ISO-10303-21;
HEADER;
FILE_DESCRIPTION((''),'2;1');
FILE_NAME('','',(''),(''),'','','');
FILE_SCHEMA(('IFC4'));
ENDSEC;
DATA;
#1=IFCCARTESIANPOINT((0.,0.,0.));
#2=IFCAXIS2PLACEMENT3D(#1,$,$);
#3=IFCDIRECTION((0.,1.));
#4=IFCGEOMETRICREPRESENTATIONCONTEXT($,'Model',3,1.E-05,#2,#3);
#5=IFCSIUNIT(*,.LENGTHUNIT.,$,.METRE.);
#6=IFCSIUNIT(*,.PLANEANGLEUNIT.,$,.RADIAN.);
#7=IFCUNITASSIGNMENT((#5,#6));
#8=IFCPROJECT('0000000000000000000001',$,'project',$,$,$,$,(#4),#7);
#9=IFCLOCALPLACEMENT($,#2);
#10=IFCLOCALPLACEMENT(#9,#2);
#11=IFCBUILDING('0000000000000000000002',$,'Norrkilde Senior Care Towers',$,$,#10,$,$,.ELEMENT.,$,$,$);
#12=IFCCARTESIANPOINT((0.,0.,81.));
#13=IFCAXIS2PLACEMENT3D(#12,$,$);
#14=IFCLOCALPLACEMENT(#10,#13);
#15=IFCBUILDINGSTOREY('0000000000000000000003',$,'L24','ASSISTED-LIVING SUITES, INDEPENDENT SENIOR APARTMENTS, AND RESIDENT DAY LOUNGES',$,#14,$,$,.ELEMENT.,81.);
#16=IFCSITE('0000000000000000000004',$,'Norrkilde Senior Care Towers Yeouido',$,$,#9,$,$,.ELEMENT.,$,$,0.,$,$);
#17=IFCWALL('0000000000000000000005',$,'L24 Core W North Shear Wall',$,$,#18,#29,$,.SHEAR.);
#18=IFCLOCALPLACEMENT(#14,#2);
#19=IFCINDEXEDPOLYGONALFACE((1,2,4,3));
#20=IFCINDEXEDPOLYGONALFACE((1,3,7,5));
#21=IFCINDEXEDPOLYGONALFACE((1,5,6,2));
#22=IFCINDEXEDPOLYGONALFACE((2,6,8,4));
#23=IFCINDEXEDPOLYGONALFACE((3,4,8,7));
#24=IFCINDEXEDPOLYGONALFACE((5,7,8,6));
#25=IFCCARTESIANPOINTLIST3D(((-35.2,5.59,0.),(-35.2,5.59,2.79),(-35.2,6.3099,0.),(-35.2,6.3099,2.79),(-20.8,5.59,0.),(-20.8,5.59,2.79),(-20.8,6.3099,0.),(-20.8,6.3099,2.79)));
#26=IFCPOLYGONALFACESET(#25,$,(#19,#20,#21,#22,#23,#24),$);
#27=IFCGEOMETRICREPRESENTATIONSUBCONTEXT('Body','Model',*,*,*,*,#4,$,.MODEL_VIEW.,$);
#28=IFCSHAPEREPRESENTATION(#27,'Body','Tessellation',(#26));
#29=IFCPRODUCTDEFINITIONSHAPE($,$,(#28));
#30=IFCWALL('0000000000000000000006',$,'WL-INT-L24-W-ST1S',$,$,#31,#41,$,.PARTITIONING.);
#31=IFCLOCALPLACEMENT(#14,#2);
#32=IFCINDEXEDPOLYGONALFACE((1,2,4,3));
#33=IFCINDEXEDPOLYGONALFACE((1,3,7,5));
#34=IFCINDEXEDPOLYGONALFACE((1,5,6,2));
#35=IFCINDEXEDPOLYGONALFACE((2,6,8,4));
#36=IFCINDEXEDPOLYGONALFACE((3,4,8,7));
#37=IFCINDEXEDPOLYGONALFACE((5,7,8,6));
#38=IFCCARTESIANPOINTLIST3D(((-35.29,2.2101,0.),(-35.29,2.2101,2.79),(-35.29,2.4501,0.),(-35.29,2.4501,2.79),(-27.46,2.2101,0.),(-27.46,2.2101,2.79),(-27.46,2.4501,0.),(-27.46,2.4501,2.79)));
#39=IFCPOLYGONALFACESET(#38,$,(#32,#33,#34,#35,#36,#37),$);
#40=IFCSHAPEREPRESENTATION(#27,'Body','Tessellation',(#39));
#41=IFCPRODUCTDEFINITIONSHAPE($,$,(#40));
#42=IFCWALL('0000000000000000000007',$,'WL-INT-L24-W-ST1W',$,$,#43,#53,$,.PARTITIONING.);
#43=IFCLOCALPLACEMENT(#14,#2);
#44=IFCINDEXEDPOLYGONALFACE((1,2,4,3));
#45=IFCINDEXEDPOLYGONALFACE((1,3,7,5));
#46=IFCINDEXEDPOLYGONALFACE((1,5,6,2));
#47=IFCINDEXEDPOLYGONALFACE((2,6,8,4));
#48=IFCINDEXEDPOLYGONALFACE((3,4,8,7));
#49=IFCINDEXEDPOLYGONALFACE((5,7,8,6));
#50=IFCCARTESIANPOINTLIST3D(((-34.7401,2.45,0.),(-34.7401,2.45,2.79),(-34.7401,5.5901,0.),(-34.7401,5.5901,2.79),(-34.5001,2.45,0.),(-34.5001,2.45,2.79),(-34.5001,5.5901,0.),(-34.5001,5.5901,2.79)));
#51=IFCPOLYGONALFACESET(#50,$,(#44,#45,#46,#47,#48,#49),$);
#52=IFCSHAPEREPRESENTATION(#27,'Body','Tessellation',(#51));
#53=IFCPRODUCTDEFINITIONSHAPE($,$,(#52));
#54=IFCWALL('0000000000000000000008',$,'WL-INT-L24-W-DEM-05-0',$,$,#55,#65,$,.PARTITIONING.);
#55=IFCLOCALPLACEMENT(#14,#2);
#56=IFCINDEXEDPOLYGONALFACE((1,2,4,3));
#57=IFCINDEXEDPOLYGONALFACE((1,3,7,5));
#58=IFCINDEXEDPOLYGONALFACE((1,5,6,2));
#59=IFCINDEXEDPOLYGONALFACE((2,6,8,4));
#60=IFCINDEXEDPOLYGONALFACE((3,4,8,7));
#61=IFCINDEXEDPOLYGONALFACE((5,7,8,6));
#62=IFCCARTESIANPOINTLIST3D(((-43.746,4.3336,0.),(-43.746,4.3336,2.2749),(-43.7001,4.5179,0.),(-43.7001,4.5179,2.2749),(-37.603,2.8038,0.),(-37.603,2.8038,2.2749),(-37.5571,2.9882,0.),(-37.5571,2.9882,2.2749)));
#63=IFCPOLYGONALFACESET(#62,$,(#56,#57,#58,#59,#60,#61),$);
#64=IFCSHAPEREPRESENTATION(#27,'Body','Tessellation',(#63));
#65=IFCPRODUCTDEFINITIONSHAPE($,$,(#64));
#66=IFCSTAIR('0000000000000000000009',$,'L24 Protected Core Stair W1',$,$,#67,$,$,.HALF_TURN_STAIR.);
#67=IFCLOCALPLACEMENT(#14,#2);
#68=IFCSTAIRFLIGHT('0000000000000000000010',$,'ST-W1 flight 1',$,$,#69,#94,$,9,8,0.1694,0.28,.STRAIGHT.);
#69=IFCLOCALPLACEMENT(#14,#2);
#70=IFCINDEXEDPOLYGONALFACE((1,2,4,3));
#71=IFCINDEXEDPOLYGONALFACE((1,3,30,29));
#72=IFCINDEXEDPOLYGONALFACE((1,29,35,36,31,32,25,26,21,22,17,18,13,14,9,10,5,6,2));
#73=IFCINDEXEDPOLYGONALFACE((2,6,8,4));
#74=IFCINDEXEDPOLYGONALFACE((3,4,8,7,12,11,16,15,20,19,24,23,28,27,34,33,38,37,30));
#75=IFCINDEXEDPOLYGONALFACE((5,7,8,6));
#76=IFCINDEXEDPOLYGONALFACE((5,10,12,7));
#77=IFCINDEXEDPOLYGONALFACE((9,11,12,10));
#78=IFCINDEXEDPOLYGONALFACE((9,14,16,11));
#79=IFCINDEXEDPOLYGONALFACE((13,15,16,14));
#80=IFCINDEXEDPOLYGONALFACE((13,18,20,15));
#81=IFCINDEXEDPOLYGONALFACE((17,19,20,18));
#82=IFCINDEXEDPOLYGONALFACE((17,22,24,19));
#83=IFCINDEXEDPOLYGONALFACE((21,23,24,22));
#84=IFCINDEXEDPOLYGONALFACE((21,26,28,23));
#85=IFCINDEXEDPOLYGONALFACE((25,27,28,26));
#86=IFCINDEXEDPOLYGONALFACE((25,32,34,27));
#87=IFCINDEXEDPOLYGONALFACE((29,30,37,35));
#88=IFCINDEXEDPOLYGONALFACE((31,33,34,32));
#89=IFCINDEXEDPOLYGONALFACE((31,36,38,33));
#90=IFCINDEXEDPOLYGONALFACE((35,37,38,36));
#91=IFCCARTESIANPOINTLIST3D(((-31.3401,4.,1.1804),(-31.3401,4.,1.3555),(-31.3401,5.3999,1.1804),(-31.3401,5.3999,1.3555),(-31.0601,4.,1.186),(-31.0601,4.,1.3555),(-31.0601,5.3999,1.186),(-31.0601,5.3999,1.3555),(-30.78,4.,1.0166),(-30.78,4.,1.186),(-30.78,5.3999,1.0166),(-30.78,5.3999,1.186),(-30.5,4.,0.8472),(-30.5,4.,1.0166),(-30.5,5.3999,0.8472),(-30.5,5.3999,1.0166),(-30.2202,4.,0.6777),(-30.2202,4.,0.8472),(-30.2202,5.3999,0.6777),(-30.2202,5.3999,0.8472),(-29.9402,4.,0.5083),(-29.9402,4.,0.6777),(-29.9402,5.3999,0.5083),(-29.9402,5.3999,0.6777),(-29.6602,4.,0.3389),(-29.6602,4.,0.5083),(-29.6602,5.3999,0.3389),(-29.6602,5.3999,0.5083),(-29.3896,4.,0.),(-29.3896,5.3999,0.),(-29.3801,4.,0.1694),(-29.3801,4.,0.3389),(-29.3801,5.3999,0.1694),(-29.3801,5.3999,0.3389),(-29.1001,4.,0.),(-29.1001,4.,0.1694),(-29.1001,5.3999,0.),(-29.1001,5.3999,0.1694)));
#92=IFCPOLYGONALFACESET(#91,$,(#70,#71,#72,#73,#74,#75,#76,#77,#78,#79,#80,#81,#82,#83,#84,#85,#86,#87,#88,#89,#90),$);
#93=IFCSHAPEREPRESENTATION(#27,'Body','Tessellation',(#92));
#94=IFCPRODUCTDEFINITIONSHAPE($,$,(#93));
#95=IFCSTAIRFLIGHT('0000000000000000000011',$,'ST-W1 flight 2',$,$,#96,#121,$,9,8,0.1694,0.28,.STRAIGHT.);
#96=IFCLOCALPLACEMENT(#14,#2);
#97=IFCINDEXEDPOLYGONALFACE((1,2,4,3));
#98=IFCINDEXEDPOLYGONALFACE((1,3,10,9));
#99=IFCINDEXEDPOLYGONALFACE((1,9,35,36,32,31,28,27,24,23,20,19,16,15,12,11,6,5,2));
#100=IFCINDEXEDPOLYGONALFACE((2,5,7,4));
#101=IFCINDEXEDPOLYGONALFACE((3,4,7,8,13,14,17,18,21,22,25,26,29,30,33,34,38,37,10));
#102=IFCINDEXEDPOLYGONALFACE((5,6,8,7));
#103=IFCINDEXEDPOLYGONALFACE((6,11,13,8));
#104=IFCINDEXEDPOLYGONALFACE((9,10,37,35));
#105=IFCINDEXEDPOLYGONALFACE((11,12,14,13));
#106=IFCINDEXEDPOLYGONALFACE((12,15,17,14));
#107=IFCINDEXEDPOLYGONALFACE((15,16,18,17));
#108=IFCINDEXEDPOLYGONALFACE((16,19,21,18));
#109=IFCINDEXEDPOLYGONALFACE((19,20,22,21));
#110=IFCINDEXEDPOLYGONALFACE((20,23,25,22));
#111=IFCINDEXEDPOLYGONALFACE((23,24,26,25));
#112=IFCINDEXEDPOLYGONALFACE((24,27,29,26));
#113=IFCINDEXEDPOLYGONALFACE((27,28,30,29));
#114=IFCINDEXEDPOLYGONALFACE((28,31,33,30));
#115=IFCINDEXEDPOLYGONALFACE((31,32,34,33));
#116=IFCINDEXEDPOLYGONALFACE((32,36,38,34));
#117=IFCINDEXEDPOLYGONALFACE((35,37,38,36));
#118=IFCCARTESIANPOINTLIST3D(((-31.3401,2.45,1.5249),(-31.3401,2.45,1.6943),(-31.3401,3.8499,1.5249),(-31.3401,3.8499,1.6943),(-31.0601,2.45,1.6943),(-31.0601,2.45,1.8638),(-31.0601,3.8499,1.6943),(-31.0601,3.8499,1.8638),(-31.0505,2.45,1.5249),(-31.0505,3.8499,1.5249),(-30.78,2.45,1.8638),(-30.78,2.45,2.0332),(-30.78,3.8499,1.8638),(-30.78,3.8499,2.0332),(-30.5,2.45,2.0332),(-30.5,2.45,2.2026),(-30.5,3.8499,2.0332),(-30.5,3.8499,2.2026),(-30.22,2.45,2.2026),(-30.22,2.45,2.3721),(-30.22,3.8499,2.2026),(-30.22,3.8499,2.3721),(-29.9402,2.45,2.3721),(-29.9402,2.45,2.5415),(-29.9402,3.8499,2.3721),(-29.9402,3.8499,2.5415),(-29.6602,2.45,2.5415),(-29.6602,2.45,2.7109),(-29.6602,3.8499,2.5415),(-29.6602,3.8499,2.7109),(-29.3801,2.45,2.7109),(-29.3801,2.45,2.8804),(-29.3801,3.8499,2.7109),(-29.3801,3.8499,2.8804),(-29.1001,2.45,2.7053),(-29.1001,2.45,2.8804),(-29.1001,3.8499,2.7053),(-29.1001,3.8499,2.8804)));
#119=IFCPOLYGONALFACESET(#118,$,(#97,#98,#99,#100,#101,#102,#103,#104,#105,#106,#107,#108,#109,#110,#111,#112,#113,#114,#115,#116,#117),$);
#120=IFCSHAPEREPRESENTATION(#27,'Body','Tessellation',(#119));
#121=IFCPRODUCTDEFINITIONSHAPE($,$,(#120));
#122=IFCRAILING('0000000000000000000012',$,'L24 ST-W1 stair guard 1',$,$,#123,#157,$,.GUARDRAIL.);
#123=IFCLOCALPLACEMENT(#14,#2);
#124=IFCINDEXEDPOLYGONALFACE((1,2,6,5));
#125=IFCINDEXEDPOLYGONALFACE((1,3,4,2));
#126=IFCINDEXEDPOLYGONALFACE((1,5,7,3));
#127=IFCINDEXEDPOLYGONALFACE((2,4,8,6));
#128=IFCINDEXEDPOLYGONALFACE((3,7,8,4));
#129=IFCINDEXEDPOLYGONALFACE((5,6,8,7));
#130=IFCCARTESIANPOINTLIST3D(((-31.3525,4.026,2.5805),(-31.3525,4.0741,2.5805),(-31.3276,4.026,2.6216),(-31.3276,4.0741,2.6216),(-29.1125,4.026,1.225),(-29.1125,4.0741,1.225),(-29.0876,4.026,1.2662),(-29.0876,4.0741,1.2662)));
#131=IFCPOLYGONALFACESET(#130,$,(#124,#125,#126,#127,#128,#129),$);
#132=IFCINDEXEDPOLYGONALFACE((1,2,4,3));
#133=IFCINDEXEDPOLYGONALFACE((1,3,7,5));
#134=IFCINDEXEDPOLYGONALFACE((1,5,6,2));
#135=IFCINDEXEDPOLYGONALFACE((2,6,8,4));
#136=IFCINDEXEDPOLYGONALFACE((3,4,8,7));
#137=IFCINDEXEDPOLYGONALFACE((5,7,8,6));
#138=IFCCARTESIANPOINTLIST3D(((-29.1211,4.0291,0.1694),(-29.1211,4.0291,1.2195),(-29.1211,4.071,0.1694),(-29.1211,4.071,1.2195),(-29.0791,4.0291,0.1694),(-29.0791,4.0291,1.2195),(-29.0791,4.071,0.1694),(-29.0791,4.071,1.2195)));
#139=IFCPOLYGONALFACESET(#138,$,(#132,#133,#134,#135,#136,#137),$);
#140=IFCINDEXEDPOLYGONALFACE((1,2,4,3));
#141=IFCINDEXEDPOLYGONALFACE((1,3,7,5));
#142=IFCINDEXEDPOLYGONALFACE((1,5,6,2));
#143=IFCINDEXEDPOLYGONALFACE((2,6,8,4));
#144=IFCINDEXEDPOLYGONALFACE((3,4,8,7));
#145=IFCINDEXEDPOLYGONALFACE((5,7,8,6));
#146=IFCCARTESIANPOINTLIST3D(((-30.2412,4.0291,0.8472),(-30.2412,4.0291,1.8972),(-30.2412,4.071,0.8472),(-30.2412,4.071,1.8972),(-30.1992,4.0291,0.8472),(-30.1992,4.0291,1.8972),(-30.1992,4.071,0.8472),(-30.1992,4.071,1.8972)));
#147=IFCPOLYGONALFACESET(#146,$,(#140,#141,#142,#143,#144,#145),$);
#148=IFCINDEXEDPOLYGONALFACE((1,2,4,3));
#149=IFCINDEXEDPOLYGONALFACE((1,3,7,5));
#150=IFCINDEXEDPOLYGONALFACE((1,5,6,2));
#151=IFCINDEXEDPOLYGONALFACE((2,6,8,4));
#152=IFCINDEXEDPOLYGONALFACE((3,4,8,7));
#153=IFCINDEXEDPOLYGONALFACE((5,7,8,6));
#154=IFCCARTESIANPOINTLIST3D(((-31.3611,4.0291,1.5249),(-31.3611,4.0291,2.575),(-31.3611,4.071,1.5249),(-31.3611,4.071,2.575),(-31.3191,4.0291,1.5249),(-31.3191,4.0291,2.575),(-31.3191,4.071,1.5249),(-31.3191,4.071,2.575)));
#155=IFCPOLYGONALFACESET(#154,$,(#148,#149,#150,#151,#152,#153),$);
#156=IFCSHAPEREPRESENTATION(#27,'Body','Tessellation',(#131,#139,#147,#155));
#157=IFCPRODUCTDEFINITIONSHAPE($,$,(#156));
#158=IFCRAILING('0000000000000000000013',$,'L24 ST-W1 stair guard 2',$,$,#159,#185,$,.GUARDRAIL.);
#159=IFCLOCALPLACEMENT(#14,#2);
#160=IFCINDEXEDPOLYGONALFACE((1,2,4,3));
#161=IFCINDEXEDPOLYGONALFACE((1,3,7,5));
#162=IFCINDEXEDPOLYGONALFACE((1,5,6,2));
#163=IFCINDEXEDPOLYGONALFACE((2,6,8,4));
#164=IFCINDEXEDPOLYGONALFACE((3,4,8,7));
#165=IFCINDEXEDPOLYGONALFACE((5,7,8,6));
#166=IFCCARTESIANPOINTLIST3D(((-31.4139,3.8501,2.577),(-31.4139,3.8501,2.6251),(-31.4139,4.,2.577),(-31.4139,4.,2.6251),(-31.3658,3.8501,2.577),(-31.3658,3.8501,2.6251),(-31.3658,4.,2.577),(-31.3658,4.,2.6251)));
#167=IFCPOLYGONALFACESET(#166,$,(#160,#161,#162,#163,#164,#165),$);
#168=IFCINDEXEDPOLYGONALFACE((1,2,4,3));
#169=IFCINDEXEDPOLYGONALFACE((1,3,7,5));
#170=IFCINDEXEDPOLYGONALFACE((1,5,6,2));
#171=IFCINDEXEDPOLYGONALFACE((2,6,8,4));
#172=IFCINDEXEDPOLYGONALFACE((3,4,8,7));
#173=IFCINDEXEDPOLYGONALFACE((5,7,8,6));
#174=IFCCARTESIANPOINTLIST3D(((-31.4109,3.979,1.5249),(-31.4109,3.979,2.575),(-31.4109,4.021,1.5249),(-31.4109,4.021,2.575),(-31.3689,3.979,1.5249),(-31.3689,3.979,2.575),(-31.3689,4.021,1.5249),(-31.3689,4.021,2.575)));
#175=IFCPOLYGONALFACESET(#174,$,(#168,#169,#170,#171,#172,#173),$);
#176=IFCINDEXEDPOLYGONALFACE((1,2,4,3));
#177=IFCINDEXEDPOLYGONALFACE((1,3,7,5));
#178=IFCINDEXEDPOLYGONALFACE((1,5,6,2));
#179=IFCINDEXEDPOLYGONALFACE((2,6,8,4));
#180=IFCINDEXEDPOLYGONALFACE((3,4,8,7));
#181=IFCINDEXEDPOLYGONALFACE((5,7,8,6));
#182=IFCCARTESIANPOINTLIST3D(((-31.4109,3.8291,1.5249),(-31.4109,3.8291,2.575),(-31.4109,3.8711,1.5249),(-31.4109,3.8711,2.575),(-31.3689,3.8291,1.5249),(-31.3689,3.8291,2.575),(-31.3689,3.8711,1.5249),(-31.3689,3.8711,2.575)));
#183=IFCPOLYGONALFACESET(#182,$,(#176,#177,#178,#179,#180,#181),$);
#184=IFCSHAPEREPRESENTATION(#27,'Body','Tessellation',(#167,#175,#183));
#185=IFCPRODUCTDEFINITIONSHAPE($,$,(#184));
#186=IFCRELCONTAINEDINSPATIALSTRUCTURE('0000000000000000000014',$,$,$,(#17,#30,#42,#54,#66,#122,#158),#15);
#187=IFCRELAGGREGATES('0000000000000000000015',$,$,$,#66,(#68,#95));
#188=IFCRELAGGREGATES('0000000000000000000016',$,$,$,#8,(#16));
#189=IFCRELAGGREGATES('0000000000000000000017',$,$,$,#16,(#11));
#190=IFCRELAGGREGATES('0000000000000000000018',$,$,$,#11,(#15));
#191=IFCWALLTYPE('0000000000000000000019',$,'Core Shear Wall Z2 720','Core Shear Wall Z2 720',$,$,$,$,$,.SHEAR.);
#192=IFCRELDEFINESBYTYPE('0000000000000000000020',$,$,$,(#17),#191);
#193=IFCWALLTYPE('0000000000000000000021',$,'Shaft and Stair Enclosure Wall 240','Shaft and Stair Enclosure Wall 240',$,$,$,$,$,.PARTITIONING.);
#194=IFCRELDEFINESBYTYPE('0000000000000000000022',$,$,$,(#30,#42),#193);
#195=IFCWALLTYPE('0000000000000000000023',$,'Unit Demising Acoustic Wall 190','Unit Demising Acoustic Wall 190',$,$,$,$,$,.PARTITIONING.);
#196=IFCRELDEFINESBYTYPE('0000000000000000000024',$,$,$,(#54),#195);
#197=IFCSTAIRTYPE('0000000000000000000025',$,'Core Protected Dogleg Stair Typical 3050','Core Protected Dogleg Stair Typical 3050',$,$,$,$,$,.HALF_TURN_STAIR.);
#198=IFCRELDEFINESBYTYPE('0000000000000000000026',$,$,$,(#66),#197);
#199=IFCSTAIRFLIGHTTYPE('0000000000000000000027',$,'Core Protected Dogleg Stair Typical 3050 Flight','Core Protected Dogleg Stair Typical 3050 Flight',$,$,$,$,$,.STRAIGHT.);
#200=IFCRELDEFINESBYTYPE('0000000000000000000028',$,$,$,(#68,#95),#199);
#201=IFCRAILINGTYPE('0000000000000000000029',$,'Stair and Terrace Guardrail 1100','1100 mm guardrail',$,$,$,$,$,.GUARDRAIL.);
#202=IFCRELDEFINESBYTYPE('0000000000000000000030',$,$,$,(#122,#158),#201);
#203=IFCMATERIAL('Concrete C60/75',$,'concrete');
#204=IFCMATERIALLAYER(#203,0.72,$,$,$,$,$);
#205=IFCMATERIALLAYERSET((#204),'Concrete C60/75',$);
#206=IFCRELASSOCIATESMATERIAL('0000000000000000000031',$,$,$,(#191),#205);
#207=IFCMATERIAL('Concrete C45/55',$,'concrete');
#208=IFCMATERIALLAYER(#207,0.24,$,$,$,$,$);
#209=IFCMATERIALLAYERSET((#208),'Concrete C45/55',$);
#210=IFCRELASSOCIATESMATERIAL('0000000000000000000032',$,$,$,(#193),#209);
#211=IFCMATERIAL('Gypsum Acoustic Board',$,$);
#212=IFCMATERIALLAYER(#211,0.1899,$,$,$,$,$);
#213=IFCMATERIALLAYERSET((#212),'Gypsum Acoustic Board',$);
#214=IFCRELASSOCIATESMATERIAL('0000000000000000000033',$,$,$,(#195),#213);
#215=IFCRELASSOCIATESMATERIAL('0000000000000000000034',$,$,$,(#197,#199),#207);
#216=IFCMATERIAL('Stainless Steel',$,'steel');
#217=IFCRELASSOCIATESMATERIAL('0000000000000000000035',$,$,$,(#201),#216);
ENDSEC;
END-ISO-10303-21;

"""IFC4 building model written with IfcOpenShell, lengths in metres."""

from ifc_helpers import new_model, si_unit, direction, frame, frame_2d, origin, origin_2d, place, context, subcontext, project, spatial, polyline, rectangle, outline, extrude, source, transform, mapped, material, layer, layer_set, type_object, type_shapes, element, aggregate, save


model = new_model("IFC4")

# Units and contexts
model_context = context("Model", 3, precision=1e-05, world=origin(), true_north=direction((0.0, 1.0)))
body_context = subcontext(model_context, "Body", "Model", "MODEL_VIEW")
ifc_project = project(units=[si_unit("LENGTHUNIT", "METRE"), si_unit("PLANEANGLEUNIT", "RADIAN")], contexts=[model_context])

# Site, building, storey
site_placement = place(None, origin())
site = spatial("IfcSite", under=ifc_project, at=site_placement, Name="Norrkilde Senior Care Towers Yeouido", CompositionType="ELEMENT", RefElevation=0.0)
building_placement = place(site_placement, origin())
building = spatial("IfcBuilding", under=site, at=building_placement, Name="Norrkilde Senior Care Towers", CompositionType="ELEMENT")
storey_placement = place(building_placement, frame((0.0, 0.0, 81.0)))
storey = spatial("IfcBuildingStorey", under=building, at=storey_placement, Name="L24", Description="ASSISTED-LIVING SUITES, INDEPENDENT SENIOR APARTMENTS, AND RESIDENT DAY LOUNGES", CompositionType="ELEMENT", Elevation=81.0)

# Shared definitions
ifc_material_1 = material(Name="Concrete C60/75", Category="concrete")

# Walls
ifc_layer_1 = layer(ifc_material_1, 0.72)
ifc_layer_set_1 = layer_set([ifc_layer_1], Name="Concrete C60/75")
wall_type_1 = type_object("IfcWallType", Name="Core Shear Wall Z2 720", Description="Core Shear Wall Z2 720", PredefinedType="SHEAR", material=ifc_layer_set_1)
shared_shape_1 = source(origin(), body_context, "Body", "SweptSolid", [
    extrude(rectangle(XDim=14.3999, YDim=0.72, at=frame_2d((7.2, 0.0))), origin(), (0.0, 0.0, 1.0), 2.79),
])
type_shapes(wall_type_1, [shared_shape_1])
wall_1_placement = place(storey_placement, frame((-35.2, 5.95, 0.0), z_axis=(0.0, 0.0, 1.0), x_axis=(1.0, 0.0, 0.0)))
element("IfcWall", 1, at=wall_1_placement, inside=storey, type_object=wall_type_1, Name="L24 Core W North Shear Wall", PredefinedType="SHEAR", context=body_context, shape_type="MappedRepresentation", body=[
    mapped(shared_shape_1, transform((0.0, 0.0, 0.0), x_axis=(1.0, 0.0, 0.0), y_axis=(0.0, 1.0, 0.0), z_axis=(0.0, 0.0, 1.0), scale=1.0)),
])
ifc_material_2 = material(Name="Concrete C45/55", Category="concrete")
ifc_layer_2 = layer(ifc_material_2, 0.24)
ifc_layer_set_2 = layer_set([ifc_layer_2], Name="Concrete C45/55")
wall_type_2 = type_object("IfcWallType", Name="Shaft and Stair Enclosure Wall 240", Description="Shaft and Stair Enclosure Wall 240", PredefinedType="PARTITIONING", material=ifc_layer_set_2)
shared_shape_2 = source(origin(), body_context, "Body", "SweptSolid", [
    extrude(rectangle(XDim=7.8301, YDim=0.24, at=frame_2d((3.915, 0.0))), origin(), (0.0, 0.0, 1.0), 2.79),
])
wall_2_placement = place(storey_placement, frame((-35.29, 2.3301, 0.0), z_axis=(0.0, 0.0, 1.0), x_axis=(1.0, 0.0, 0.0)))
element("IfcWall", 2, at=wall_2_placement, inside=storey, type_object=wall_type_2, Name="WL-INT-L24-W-ST1S", PredefinedType="PARTITIONING", context=body_context, shape_type="MappedRepresentation", body=[
    mapped(shared_shape_2, transform((0.0, 0.0, 0.0), x_axis=(1.0, 0.0, 0.0), y_axis=(0.0, 1.0, 0.0), z_axis=(0.0, 0.0, 1.0), scale=1.0)),
])
shared_shape_3 = source(origin(), body_context, "Body", "SweptSolid", [
    extrude(rectangle(XDim=3.1401, YDim=0.24, at=frame_2d((1.5701, 0.0))), origin(), (0.0, 0.0, 1.0), 2.79),
])
type_shapes(wall_type_2, [shared_shape_2, shared_shape_3])
wall_3_placement = place(storey_placement, frame((-34.6201, 2.45, 0.0), z_axis=(0.0, 0.0, 1.0), x_axis=(0.0, 1.0, 0.0)))
element("IfcWall", 3, at=wall_3_placement, inside=storey, type_object=wall_type_2, Name="WL-INT-L24-W-ST1W", PredefinedType="PARTITIONING", context=body_context, shape_type="MappedRepresentation", body=[
    mapped(shared_shape_3, transform((0.0, 0.0, 0.0), x_axis=(1.0, 0.0, 0.0), y_axis=(0.0, 1.0, 0.0), z_axis=(0.0, 0.0, 1.0), scale=1.0)),
])
ifc_material_3 = material(Name="Gypsum Acoustic Board")
ifc_layer_3 = layer(ifc_material_3, 0.1899)
ifc_layer_set_3 = layer_set([ifc_layer_3], Name="Gypsum Acoustic Board")
wall_type_3 = type_object("IfcWallType", Name="Unit Demising Acoustic Wall 190", Description="Unit Demising Acoustic Wall 190", PredefinedType="PARTITIONING", material=ifc_layer_set_3)
shared_shape_4 = source(origin(), body_context, "Body", "SweptSolid", [
    extrude(rectangle(XDim=6.3306, YDim=0.1899, at=frame_2d((3.1653, 0.0))), origin(), (0.0, 0.0, 1.0), 2.2749),
])
type_shapes(wall_type_3, [shared_shape_4])
wall_4_placement = place(storey_placement, frame((-37.5801, 2.896, 0.0), z_axis=(0.0, 0.0, 1.0), x_axis=(-0.970364, 0.241646, 0.0)))
element("IfcWall", 4, at=wall_4_placement, inside=storey, type_object=wall_type_3, Name="WL-INT-L24-W-DEM-05-0", PredefinedType="PARTITIONING", context=body_context, shape_type="MappedRepresentation", body=[
    mapped(shared_shape_4, transform((0.0, 0.0, 0.0), x_axis=(1.0, 0.0, 0.0), y_axis=(0.0, 1.0, 0.0), z_axis=(0.0, 0.0, 1.0), scale=1.0)),
])

# Stair, stair flights
stair_type = type_object("IfcStairType", Name="Core Protected Dogleg Stair Typical 3050", Description="Core Protected Dogleg Stair Typical 3050", PredefinedType="HALF_TURN_STAIR", material=ifc_material_2)
stair_placement = place(storey_placement, origin())
stair = element("IfcStair", 5, at=stair_placement, inside=storey, type_object=stair_type, Name="L24 Protected Core Stair W1", PredefinedType="HALF_TURN_STAIR")
stair_flight_type = type_object("IfcStairFlightType", Name="Core Protected Dogleg Stair Typical 3050 Flight", Description="Core Protected Dogleg Stair Typical 3050 Flight", PredefinedType="STRAIGHT", material=ifc_material_2)
stair_flight_1_placement = place(storey_placement, frame((-29.1001, 4.7, 0.0), z_axis=(0.0, 0.0, 1.0), x_axis=(-1.0, 0.0, 0.0)))
stair_flight_1 = element("IfcStairFlight", 6, at=stair_flight_1_placement, type_object=stair_flight_type, Name="ST-W1 flight 1", NumberOfRisers=9, NumberOfTreads=8, PredefinedType="STRAIGHT", RiserHeight=0.1694, TreadLength=0.28, context=body_context, shape_type="SweptSolid", body=[
    extrude(outline(polyline([(0.0, 0.0), (0.0, 0.1694), (0.28, 0.1694), (0.28, 0.3389), (0.5601, 0.3389), (0.5601, 0.5083), (0.8401, 0.5083), (0.8401, 0.6777), (1.1201, 0.6777), (1.1201, 0.8472), (1.3999, 0.8472), (1.3999, 1.0166), (1.6799, 1.0166), (1.6799, 1.186), (1.96, 1.186), (1.96, 1.3555), (2.24, 1.3555), (2.24, 1.5249), (2.24, 1.1804), (0.2896, 0.0), (0.0, 0.0)])), frame((0.0, 0.7, 0.0), z_axis=(0.0, -1.0, 0.0), x_axis=(1.0, 0.0, 0.0)), (0.0, 0.0, 1.0), 1.3999),
])
stair_flight_2_placement = place(storey_placement, frame((-31.3401, 3.1499, 1.5249), z_axis=(0.0, 0.0, 1.0), x_axis=(1.0, 0.0, 0.0)))
stair_flight_2 = element("IfcStairFlight", 7, at=stair_flight_2_placement, type_object=stair_flight_type, Name="ST-W1 flight 2", NumberOfRisers=9, NumberOfTreads=8, PredefinedType="STRAIGHT", RiserHeight=0.1694, TreadLength=0.28, context=body_context, shape_type="SweptSolid", body=[
    extrude(outline(polyline([(0.0, 0.0), (0.0, 0.1694), (0.28, 0.1694), (0.28, 0.3389), (0.5601, 0.3389), (0.5601, 0.5083), (0.8401, 0.5083), (0.8401, 0.6777), (1.1201, 0.6777), (1.1201, 0.8472), (1.3999, 0.8472), (1.3999, 1.0166), (1.6799, 1.0166), (1.6799, 1.186), (1.96, 1.186), (1.96, 1.3555), (2.24, 1.3555), (2.24, 1.5249), (2.24, 1.1804), (0.2896, 0.0), (0.0, 0.0)])), frame((0.0, 0.7, 0.0), z_axis=(0.0, -1.0, 0.0), x_axis=(1.0, 0.0, 0.0)), (0.0, 0.0, 1.0), 1.3999),
])
aggregate(stair, [stair_flight_1, stair_flight_2])

# Railings
ifc_material_4 = material(Name="Stainless Steel", Category="steel")
railing_type_1 = type_object("IfcRailingType", Name="Stair and Terrace Guardrail 1100", Description="1100 mm guardrail", PredefinedType="GUARDRAIL", material=ifc_material_4)
railing_1_placement = place(storey_placement, frame((-29.1001, 4.05, 0.1694)))
element("IfcRailing", 8, at=railing_1_placement, inside=storey, type_object=railing_type_1, Name="L24 ST-W1 stair guard 1", PredefinedType="GUARDRAIL", context=body_context, shape_type="SweptSolid", body=[
    extrude(rectangle(XDim=0.0481, YDim=0.0481, at=origin_2d()), frame((0.0, 0.0, 1.0762), z_axis=(-0.855553, 0.0, 0.517715), x_axis=(0.0, -1.0, 0.0)), (0.0, 0.0, 1.0), 2.6182),
    extrude(rectangle(XDim=0.042, YDim=0.042, at=origin_2d()), origin(), (0.0, 0.0, 1.0), 1.05),
    extrude(rectangle(XDim=0.042, YDim=0.042, at=origin_2d()), frame((-1.1201, 0.0, 0.6777)), (0.0, 0.0, 1.0), 1.05),
    extrude(rectangle(XDim=0.042, YDim=0.042, at=origin_2d()), frame((-2.24, 0.0, 1.3555)), (0.0, 0.0, 1.0), 1.05),
])
railing_2_placement = place(storey_placement, frame((-31.3899, 4.0, 1.5249)))
element("IfcRailing", 9, at=railing_2_placement, inside=storey, type_object=railing_type_1, Name="L24 ST-W1 stair guard 2", PredefinedType="GUARDRAIL", context=body_context, shape_type="SweptSolid", body=[
    extrude(rectangle(XDim=0.0481, YDim=0.0481, at=origin_2d()), frame((0.0, 0.0, 1.0762), z_axis=(0.0, -1.0, 0.0), x_axis=(1.0, 0.0, 0.0)), (0.0, 0.0, 1.0), 0.1499),
    extrude(rectangle(XDim=0.042, YDim=0.042, at=origin_2d()), origin(), (0.0, 0.0, 1.0), 1.05),
    extrude(rectangle(XDim=0.042, YDim=0.042, at=origin_2d()), frame((0.0, -0.1499, 0.0)), (0.0, 0.0, 1.0), 1.05),
])

save(model, "model.ifc")
